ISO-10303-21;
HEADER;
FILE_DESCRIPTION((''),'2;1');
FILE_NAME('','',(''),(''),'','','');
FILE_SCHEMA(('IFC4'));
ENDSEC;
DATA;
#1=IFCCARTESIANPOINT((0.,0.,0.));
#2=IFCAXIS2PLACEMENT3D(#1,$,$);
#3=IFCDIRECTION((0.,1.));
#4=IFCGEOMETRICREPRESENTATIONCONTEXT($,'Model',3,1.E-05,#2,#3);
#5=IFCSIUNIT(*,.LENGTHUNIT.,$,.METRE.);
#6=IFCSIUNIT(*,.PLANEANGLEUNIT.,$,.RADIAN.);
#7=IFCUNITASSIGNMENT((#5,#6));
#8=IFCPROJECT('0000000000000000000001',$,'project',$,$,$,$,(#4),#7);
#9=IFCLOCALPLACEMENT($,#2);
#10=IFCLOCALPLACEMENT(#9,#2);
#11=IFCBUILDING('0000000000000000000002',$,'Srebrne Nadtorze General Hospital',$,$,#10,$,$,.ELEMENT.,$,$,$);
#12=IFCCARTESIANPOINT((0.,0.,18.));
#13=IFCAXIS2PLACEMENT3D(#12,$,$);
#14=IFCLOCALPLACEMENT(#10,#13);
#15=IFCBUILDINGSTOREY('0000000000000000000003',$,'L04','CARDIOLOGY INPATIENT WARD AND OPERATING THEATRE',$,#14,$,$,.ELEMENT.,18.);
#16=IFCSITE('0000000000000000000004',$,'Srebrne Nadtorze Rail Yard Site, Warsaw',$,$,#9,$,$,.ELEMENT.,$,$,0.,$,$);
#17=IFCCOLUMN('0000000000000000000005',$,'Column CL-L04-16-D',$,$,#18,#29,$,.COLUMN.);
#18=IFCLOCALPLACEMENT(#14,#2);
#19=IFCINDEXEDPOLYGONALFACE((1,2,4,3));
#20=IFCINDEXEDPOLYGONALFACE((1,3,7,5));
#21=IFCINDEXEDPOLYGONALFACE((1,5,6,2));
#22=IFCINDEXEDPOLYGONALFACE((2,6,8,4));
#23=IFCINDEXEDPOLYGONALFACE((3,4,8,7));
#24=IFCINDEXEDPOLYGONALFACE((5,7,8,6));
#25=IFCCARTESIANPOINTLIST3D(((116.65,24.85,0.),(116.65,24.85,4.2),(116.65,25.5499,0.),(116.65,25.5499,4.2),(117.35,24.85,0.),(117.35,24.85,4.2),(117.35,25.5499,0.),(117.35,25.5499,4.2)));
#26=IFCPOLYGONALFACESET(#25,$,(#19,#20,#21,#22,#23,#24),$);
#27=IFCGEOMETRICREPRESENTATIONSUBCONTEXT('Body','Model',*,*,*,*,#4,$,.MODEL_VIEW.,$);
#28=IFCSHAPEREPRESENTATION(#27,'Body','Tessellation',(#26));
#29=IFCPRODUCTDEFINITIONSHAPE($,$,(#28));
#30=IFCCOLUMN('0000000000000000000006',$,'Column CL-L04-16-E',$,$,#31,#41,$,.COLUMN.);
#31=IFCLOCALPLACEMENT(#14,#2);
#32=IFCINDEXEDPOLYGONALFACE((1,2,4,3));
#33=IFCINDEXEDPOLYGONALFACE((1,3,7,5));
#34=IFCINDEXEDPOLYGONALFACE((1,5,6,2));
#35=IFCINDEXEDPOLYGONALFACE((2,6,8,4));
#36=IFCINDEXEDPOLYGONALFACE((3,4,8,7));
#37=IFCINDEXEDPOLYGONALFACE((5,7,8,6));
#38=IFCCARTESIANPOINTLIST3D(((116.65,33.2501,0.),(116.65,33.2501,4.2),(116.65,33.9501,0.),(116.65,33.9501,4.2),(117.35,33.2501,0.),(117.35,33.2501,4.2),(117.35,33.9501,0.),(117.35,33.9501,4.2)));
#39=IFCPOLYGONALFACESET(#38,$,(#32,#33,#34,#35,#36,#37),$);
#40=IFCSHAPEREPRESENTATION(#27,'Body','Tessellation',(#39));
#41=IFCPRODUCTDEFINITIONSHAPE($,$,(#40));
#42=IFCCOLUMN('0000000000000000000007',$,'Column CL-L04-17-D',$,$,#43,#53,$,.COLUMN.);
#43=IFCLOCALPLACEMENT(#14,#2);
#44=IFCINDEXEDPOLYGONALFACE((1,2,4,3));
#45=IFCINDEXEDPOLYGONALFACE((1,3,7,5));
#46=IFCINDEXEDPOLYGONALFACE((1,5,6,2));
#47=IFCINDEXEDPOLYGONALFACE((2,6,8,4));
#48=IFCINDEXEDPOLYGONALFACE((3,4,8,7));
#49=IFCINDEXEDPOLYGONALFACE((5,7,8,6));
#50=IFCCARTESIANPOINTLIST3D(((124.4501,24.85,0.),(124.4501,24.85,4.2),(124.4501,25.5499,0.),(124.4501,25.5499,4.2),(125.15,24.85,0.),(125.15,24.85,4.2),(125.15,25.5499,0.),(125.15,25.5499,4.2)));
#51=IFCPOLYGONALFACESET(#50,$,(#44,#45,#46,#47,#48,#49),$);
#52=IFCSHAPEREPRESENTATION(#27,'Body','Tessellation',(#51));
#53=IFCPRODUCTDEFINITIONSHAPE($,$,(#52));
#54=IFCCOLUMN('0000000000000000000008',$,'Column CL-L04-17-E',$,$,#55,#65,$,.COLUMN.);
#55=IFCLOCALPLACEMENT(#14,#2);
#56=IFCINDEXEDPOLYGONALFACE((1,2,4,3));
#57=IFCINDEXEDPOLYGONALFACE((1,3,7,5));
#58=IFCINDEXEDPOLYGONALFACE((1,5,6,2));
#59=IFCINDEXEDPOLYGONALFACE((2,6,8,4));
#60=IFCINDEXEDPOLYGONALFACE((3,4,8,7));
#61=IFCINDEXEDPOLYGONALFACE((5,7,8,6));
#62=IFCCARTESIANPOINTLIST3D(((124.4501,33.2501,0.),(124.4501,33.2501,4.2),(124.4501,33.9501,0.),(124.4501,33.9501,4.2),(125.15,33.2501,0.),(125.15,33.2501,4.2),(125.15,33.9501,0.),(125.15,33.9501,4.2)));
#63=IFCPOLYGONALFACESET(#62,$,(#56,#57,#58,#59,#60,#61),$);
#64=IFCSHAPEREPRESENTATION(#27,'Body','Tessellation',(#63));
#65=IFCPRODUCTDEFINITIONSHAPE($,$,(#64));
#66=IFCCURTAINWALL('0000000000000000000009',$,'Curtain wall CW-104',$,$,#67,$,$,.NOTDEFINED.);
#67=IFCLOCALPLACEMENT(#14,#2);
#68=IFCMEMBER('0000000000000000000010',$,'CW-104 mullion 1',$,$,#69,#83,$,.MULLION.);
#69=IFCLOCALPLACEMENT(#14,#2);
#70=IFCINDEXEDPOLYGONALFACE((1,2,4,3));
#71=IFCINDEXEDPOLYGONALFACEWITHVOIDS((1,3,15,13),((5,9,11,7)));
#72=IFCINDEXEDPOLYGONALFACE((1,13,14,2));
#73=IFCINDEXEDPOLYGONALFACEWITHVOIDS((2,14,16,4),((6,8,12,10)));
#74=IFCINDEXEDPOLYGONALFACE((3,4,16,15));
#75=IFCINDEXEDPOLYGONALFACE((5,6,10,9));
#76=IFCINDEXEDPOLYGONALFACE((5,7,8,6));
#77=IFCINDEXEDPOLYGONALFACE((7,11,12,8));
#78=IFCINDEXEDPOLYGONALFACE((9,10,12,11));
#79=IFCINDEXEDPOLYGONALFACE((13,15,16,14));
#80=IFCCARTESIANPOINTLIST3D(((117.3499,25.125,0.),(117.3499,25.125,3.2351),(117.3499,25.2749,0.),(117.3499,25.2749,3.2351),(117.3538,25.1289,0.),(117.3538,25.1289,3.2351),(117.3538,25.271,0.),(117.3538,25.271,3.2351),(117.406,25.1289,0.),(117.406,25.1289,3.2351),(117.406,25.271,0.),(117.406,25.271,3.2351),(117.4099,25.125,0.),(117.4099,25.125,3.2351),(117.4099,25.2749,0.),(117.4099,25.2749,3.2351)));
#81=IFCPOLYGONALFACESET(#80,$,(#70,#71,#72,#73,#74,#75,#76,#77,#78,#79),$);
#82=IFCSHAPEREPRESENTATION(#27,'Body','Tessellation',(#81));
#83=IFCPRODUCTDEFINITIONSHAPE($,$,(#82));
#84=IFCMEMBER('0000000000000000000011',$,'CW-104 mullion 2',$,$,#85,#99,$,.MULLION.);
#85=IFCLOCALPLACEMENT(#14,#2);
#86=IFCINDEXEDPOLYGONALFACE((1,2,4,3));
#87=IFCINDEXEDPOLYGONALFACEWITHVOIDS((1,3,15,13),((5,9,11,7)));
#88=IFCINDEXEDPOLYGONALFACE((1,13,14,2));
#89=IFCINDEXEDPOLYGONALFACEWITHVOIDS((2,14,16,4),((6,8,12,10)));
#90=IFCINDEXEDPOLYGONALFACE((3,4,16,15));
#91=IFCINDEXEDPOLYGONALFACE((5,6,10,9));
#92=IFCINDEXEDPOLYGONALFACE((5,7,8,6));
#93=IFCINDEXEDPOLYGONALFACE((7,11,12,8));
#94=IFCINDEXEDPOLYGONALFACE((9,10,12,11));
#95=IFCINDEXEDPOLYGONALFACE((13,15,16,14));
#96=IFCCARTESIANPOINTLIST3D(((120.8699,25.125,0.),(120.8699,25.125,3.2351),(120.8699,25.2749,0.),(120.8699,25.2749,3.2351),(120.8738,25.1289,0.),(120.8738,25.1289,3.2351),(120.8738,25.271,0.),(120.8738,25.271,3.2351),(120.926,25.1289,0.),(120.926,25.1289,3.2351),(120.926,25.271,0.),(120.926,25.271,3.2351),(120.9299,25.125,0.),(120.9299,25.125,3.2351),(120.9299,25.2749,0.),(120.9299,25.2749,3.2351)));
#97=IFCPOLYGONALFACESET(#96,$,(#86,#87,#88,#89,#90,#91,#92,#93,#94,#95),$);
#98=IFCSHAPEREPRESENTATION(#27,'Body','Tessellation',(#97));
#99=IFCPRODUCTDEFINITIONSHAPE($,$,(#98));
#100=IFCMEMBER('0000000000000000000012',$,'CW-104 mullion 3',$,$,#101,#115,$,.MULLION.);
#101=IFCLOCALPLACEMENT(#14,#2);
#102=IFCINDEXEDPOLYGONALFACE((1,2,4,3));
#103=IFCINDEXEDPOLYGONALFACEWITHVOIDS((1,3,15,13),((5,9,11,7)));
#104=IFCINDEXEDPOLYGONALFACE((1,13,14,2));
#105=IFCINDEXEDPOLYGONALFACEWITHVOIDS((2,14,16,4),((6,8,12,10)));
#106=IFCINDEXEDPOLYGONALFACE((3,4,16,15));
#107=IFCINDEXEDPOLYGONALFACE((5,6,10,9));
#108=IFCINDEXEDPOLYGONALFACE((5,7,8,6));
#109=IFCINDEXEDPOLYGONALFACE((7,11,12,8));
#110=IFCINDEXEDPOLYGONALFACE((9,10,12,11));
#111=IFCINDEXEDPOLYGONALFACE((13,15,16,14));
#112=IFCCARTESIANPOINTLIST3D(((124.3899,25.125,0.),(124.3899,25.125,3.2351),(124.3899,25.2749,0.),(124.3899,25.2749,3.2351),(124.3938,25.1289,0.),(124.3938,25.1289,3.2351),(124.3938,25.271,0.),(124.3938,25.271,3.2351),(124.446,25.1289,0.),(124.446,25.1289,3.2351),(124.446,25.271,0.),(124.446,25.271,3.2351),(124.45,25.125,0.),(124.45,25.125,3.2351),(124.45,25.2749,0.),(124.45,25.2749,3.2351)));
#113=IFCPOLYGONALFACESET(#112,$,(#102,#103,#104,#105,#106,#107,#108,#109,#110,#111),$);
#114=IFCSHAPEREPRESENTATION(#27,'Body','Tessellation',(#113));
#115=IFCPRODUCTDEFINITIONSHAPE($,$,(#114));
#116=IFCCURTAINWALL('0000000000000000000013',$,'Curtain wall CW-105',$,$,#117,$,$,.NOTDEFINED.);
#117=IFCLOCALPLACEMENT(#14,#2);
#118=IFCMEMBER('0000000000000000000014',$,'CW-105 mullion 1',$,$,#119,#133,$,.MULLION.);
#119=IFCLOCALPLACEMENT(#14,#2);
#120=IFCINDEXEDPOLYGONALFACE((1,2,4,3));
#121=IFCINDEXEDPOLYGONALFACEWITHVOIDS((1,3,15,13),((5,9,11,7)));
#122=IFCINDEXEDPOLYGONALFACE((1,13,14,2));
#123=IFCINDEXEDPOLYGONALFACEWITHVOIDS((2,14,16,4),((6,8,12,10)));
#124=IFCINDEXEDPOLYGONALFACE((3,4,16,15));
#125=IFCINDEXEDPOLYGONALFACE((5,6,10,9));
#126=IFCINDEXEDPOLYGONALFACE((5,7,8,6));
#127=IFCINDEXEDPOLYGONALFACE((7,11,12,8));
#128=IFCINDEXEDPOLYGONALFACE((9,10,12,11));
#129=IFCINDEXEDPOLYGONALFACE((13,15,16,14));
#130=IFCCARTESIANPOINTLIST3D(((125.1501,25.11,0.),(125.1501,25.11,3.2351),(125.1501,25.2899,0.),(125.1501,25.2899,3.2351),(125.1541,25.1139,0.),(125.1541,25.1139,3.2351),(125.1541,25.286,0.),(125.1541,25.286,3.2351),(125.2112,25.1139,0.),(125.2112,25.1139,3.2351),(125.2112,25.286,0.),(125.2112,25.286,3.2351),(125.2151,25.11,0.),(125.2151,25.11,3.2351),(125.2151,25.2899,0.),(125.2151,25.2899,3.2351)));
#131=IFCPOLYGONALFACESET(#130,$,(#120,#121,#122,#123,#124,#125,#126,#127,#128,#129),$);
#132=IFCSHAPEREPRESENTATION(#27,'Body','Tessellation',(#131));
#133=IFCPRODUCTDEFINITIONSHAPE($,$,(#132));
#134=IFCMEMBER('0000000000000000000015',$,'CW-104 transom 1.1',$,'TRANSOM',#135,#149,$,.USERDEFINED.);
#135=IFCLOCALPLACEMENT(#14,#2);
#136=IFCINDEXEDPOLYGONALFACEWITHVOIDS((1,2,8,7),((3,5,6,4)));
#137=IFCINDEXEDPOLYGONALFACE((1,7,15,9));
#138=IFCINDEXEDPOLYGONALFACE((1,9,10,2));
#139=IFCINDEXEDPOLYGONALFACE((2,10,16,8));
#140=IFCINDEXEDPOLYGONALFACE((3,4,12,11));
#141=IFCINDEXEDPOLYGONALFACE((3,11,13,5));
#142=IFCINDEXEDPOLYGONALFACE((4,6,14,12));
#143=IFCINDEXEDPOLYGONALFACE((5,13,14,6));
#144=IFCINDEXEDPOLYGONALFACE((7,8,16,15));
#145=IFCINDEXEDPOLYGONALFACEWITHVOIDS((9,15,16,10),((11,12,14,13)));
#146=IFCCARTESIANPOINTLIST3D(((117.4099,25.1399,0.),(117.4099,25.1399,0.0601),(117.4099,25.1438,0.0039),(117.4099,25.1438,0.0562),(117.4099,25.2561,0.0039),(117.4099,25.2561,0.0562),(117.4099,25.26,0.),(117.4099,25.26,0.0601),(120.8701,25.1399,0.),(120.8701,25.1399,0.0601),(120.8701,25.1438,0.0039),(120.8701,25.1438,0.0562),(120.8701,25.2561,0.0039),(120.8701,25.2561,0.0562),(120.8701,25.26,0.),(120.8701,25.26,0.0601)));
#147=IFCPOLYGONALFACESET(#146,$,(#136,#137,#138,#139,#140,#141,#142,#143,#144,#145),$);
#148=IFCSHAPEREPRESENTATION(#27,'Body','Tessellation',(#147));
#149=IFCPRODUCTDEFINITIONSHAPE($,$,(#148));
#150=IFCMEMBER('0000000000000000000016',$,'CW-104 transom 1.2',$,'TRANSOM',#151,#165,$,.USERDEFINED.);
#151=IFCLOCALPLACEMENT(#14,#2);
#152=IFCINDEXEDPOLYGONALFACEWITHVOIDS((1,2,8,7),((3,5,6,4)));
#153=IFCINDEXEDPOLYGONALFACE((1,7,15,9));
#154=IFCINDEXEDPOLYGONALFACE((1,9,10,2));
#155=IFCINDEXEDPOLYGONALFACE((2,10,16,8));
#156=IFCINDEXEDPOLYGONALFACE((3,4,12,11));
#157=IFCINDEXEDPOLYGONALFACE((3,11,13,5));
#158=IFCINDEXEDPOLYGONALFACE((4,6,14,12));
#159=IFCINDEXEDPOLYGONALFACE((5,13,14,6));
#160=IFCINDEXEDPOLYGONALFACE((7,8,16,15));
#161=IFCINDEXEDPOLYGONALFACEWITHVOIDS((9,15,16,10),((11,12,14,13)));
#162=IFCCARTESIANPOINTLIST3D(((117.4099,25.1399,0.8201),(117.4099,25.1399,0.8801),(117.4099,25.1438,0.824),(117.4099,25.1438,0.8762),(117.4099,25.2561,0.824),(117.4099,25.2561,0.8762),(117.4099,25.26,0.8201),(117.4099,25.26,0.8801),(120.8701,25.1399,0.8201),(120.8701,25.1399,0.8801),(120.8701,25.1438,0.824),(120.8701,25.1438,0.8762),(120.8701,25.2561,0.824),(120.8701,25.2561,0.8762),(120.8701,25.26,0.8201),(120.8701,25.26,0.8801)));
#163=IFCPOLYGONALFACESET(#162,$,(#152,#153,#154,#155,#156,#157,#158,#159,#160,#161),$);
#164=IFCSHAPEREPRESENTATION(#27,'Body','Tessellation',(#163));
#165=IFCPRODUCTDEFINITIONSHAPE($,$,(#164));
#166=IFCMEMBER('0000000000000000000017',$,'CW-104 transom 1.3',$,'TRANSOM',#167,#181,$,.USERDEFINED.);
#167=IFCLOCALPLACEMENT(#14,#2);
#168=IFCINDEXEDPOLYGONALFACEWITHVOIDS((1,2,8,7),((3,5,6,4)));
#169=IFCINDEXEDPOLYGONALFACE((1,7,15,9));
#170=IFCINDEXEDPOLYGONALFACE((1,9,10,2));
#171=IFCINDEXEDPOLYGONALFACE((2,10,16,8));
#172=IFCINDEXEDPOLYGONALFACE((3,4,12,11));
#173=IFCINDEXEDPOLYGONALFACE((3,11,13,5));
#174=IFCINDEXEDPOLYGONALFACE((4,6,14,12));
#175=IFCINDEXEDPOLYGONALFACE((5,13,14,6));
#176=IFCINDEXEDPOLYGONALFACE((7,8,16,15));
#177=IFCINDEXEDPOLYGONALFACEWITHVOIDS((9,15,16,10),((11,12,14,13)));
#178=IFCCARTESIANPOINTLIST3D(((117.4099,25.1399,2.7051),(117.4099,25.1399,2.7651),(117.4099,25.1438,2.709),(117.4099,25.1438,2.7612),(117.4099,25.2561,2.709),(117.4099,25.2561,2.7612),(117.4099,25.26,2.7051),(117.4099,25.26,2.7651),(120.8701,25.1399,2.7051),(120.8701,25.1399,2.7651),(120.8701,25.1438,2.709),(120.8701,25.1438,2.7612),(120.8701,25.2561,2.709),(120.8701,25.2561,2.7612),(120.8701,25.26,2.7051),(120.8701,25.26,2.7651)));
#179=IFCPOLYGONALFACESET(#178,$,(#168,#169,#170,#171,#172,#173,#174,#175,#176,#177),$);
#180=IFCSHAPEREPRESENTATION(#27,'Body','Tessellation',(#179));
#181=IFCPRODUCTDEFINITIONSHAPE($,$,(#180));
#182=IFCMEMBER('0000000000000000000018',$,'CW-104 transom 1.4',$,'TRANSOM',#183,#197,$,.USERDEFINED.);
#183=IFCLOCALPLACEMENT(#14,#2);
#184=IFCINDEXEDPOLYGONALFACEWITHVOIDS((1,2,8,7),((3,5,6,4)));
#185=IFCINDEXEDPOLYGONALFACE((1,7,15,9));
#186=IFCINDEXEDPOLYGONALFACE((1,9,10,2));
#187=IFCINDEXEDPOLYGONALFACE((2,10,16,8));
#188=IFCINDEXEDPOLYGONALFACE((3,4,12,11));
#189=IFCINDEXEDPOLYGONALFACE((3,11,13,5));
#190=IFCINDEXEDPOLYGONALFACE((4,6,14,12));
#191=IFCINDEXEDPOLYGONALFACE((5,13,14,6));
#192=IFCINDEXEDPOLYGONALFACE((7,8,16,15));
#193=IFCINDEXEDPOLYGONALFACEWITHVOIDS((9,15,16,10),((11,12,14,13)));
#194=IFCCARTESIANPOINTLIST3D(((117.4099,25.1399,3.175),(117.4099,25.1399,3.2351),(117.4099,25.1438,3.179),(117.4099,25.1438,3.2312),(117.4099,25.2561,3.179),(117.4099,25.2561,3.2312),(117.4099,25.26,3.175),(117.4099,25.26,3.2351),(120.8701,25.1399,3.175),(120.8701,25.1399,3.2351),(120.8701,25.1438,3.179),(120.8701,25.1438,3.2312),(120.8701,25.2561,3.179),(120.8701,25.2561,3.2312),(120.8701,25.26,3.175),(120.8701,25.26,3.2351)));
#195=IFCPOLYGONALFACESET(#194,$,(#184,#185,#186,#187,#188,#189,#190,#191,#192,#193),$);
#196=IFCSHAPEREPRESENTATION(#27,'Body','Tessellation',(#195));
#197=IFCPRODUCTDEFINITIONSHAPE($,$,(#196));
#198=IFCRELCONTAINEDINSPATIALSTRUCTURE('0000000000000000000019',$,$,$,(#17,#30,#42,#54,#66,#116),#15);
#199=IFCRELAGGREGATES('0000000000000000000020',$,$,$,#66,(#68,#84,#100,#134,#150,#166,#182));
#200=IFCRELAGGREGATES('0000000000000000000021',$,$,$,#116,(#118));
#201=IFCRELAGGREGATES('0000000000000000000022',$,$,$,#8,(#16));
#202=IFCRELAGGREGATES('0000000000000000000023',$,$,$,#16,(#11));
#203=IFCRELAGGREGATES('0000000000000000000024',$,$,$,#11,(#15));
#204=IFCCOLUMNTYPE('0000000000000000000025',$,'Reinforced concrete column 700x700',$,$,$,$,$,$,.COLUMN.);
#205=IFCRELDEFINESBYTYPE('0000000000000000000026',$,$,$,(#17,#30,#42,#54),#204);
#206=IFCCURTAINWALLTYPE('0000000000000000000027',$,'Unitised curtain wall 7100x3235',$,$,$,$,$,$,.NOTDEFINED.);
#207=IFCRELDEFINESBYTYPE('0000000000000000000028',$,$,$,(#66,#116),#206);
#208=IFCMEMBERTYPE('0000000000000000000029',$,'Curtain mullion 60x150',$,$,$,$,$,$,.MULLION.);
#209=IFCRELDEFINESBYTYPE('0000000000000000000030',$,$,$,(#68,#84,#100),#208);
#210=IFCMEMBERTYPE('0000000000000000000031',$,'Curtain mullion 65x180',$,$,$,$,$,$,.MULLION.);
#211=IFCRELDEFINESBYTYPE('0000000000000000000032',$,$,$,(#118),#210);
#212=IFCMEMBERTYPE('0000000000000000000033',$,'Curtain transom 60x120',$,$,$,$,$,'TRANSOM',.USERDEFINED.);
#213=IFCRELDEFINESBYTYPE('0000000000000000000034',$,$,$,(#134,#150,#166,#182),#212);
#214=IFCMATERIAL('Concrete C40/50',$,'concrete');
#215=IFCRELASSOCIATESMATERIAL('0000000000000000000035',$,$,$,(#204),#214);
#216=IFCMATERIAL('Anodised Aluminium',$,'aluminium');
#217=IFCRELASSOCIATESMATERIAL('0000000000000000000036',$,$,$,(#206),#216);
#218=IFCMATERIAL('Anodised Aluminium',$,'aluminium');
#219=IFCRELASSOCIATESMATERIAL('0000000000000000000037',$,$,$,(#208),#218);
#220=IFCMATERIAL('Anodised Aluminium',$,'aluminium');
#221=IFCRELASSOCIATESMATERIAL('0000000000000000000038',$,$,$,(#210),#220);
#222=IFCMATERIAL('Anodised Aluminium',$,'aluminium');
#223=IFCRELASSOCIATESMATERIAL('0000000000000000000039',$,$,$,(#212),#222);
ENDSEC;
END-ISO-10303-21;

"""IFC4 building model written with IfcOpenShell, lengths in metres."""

from ifc_helpers import new_model, si_unit, direction, frame, origin, origin_2d, place, context, subcontext, project, spatial, rectangle, hollow_rectangle, extrude, material, material_profile, profile_set, type_object, element, aggregate, save


model = new_model("IFC4")

# Units and contexts
model_context = context("Model", 3, precision=1e-05, world=origin(), true_north=direction((0.0, 1.0)))
body_context = subcontext(model_context, "Body", "Model", "MODEL_VIEW")
ifc_project = project(units=[si_unit("LENGTHUNIT", "METRE"), si_unit("PLANEANGLEUNIT", "RADIAN")], contexts=[model_context])

# Site, building, storey
site_placement = place(None, origin())
site = spatial("IfcSite", under=ifc_project, at=site_placement, Name="Srebrne Nadtorze Rail Yard Site, Warsaw", CompositionType="ELEMENT", RefElevation=0.0)
building_placement = place(site_placement, origin())
building = spatial("IfcBuilding", under=site, at=building_placement, Name="Srebrne Nadtorze General Hospital", CompositionType="ELEMENT")
storey_placement = place(building_placement, frame((0.0, 0.0, 18.0)))
storey = spatial("IfcBuildingStorey", under=building, at=storey_placement, Name="L04", Description="CARDIOLOGY INPATIENT WARD AND OPERATING THEATRE", CompositionType="ELEMENT", Elevation=18.0)

# Columns
ifc_material_1 = material(Name="Concrete C40/50", Category="concrete")
ifc_material_profile_1 = material_profile(ifc_material_1, rectangle(XDim=0.7, YDim=0.7, at=origin_2d()), Name="RC-COL-700x700")
ifc_profile_set_1 = profile_set([ifc_material_profile_1], Name="Concrete C40/50")
column_type = type_object("IfcColumnType", Name="Reinforced concrete column 700x700", PredefinedType="COLUMN", material=ifc_profile_set_1)
for number, where, z_axis, x_axis, name in (
    (1, (117.0, 25.2, 0.0), (0.0, 0.0, 1.0), (1.0, 0.0, 0.0), "Column CL-L04-16-D"),
    (2, (117.0, 33.6001, 0.0), (0.0, 0.0, 1.0), (1.0, 0.0, 0.0), "Column CL-L04-16-E"),
    (3, (124.8, 25.2, 0.0), (0.0, 0.0, 1.0), (1.0, 0.0, 0.0), "Column CL-L04-17-D"),
    (4, (124.8, 33.6001, 0.0), (0.0, 0.0, 1.0), (1.0, 0.0, 0.0), "Column CL-L04-17-E"),
):
    element("IfcColumn", number, at=place(storey_placement, frame(where, z_axis=z_axis, x_axis=x_axis)), inside=storey, type_object=column_type, Name=name, PredefinedType="COLUMN", context=body_context, shape_type="SweptSolid", body=[
        extrude(rectangle(XDim=0.7, YDim=0.7, at=origin_2d()), origin(), (0.0, 0.0, 1.0), 4.2),
    ])

# Curtain wall, members
ifc_material_2 = material(Name="Anodised Aluminium", Category="aluminium")
curtain_wall_type = type_object("IfcCurtainWallType", Name="Unitised curtain wall 7100x3235", PredefinedType="NOTDEFINED", material=ifc_material_2)
curtain_wall_1_placement = place(storey_placement, origin())
curtain_wall_1 = element("IfcCurtainWall", 5, at=curtain_wall_1_placement, inside=storey, type_object=curtain_wall_type, Name="Curtain wall CW-104", PredefinedType="NOTDEFINED")
ifc_material_3 = material(Name="Anodised Aluminium", Category="aluminium")
ifc_material_profile_2 = material_profile(ifc_material_3, hollow_rectangle(XDim=0.0601, YDim=0.1499, WallThickness=0.0039, at=origin_2d()), Name="AL-MUL-60x150")
ifc_profile_set_2 = profile_set([ifc_material_profile_2], Name="Anodised Aluminium")
member_type_1 = type_object("IfcMemberType", Name="Curtain mullion 60x150", PredefinedType="MULLION", material=ifc_profile_set_2)
member_1_placement = place(storey_placement, frame((117.3799, 25.2, 0.0), z_axis=(0.0, 0.0, 1.0), x_axis=(1.0, 0.0, 0.0)))
member_1 = element("IfcMember", 6, at=member_1_placement, type_object=member_type_1, Name="CW-104 mullion 1", PredefinedType="MULLION", context=body_context, shape_type="SweptSolid", body=[
    extrude(hollow_rectangle(XDim=0.0601, YDim=0.1499, WallThickness=0.0039, at=origin_2d()), origin(), (0.0, 0.0, 1.0), 3.2351),
])
member_2_placement = place(storey_placement, frame((120.8999, 25.2, 0.0), z_axis=(0.0, 0.0, 1.0), x_axis=(1.0, 0.0, 0.0)))
member_2 = element("IfcMember", 7, at=member_2_placement, type_object=member_type_1, Name="CW-104 mullion 2", PredefinedType="MULLION", context=body_context, shape_type="SweptSolid", body=[
    extrude(hollow_rectangle(XDim=0.0601, YDim=0.1499, WallThickness=0.0039, at=origin_2d()), origin(), (0.0, 0.0, 1.0), 3.2351),
])
member_3_placement = place(storey_placement, frame((124.4199, 25.2, 0.0), z_axis=(0.0, 0.0, 1.0), x_axis=(1.0, 0.0, 0.0)))
member_3 = element("IfcMember", 8, at=member_3_placement, type_object=member_type_1, Name="CW-104 mullion 3", PredefinedType="MULLION", context=body_context, shape_type="SweptSolid", body=[
    extrude(hollow_rectangle(XDim=0.0601, YDim=0.1499, WallThickness=0.0039, at=origin_2d()), origin(), (0.0, 0.0, 1.0), 3.2351),
])

# Curtain wall, member
curtain_wall_2_placement = place(storey_placement, origin())
curtain_wall_2 = element("IfcCurtainWall", 9, at=curtain_wall_2_placement, inside=storey, type_object=curtain_wall_type, Name="Curtain wall CW-105", PredefinedType="NOTDEFINED")
ifc_material_4 = material(Name="Anodised Aluminium", Category="aluminium")
ifc_material_profile_3 = material_profile(ifc_material_4, hollow_rectangle(XDim=0.0649, YDim=0.1799, WallThickness=0.0039, at=origin_2d()), Name="AL-MUL-65x180")
ifc_profile_set_3 = profile_set([ifc_material_profile_3], Name="Anodised Aluminium")
member_type_2 = type_object("IfcMemberType", Name="Curtain mullion 65x180", PredefinedType="MULLION", material=ifc_profile_set_3)
member_4_placement = place(storey_placement, frame((125.1826, 25.2, 0.0), z_axis=(0.0, 0.0, 1.0), x_axis=(1.0, 0.0, 0.0)))
member_4 = element("IfcMember", 10, at=member_4_placement, type_object=member_type_2, Name="CW-105 mullion 1", PredefinedType="MULLION", context=body_context, shape_type="SweptSolid", body=[
    extrude(hollow_rectangle(XDim=0.0649, YDim=0.1799, WallThickness=0.0039, at=origin_2d()), origin(), (0.0, 0.0, 1.0), 3.2351),
])

# Members
ifc_material_5 = material(Name="Anodised Aluminium", Category="aluminium")
ifc_material_profile_4 = material_profile(ifc_material_5, hollow_rectangle(XDim=0.0601, YDim=0.1201, WallThickness=0.0039, at=origin_2d()), Name="AL-TRN-60x120")
ifc_profile_set_4 = profile_set([ifc_material_profile_4], Name="Anodised Aluminium")
member_type_3 = type_object("IfcMemberType", Name="Curtain transom 60x120", ElementType="TRANSOM", PredefinedType="USERDEFINED", material=ifc_profile_set_4)
member_5_placement = place(storey_placement, frame((117.4099, 25.2, 0.03), z_axis=(1.0, 0.0, 0.0), x_axis=(0.0, 0.0, 1.0)))
member_5 = element("IfcMember", 11, at=member_5_placement, type_object=member_type_3, Name="CW-104 transom 1.1", ObjectType="TRANSOM", PredefinedType="USERDEFINED", context=body_context, shape_type="SweptSolid", body=[
    extrude(hollow_rectangle(XDim=0.0601, YDim=0.1201, WallThickness=0.0039, at=origin_2d()), origin(), (0.0, 0.0, 1.0), 3.4602),
])
member_6_placement = place(storey_placement, frame((117.4099, 25.2, 0.8501), z_axis=(1.0, 0.0, 0.0), x_axis=(0.0, 0.0, 1.0)))
member_6 = element("IfcMember", 12, at=member_6_placement, type_object=member_type_3, Name="CW-104 transom 1.2", ObjectType="TRANSOM", PredefinedType="USERDEFINED", context=body_context, shape_type="SweptSolid", body=[
    extrude(hollow_rectangle(XDim=0.0601, YDim=0.1201, WallThickness=0.0039, at=origin_2d()), origin(), (0.0, 0.0, 1.0), 3.4602),
])
member_7_placement = place(storey_placement, frame((117.4099, 25.2, 2.7351), z_axis=(1.0, 0.0, 0.0), x_axis=(0.0, 0.0, 1.0)))
member_7 = element("IfcMember", 13, at=member_7_placement, type_object=member_type_3, Name="CW-104 transom 1.3", ObjectType="TRANSOM", PredefinedType="USERDEFINED", context=body_context, shape_type="SweptSolid", body=[
    extrude(hollow_rectangle(XDim=0.0601, YDim=0.1201, WallThickness=0.0039, at=origin_2d()), origin(), (0.0, 0.0, 1.0), 3.4602),
])
member_8_placement = place(storey_placement, frame((117.4099, 25.2, 3.2051), z_axis=(1.0, 0.0, 0.0), x_axis=(0.0, 0.0, 1.0)))
member_8 = element("IfcMember", 14, at=member_8_placement, type_object=member_type_3, Name="CW-104 transom 1.4", ObjectType="TRANSOM", PredefinedType="USERDEFINED", context=body_context, shape_type="SweptSolid", body=[
    extrude(hollow_rectangle(XDim=0.0601, YDim=0.1201, WallThickness=0.0039, at=origin_2d()), origin(), (0.0, 0.0, 1.0), 3.4602),
])

aggregate(curtain_wall_1, [member_1, member_2, member_3, member_5, member_6, member_7, member_8])
aggregate(curtain_wall_2, [member_4])

save(model, "model.ifc")
